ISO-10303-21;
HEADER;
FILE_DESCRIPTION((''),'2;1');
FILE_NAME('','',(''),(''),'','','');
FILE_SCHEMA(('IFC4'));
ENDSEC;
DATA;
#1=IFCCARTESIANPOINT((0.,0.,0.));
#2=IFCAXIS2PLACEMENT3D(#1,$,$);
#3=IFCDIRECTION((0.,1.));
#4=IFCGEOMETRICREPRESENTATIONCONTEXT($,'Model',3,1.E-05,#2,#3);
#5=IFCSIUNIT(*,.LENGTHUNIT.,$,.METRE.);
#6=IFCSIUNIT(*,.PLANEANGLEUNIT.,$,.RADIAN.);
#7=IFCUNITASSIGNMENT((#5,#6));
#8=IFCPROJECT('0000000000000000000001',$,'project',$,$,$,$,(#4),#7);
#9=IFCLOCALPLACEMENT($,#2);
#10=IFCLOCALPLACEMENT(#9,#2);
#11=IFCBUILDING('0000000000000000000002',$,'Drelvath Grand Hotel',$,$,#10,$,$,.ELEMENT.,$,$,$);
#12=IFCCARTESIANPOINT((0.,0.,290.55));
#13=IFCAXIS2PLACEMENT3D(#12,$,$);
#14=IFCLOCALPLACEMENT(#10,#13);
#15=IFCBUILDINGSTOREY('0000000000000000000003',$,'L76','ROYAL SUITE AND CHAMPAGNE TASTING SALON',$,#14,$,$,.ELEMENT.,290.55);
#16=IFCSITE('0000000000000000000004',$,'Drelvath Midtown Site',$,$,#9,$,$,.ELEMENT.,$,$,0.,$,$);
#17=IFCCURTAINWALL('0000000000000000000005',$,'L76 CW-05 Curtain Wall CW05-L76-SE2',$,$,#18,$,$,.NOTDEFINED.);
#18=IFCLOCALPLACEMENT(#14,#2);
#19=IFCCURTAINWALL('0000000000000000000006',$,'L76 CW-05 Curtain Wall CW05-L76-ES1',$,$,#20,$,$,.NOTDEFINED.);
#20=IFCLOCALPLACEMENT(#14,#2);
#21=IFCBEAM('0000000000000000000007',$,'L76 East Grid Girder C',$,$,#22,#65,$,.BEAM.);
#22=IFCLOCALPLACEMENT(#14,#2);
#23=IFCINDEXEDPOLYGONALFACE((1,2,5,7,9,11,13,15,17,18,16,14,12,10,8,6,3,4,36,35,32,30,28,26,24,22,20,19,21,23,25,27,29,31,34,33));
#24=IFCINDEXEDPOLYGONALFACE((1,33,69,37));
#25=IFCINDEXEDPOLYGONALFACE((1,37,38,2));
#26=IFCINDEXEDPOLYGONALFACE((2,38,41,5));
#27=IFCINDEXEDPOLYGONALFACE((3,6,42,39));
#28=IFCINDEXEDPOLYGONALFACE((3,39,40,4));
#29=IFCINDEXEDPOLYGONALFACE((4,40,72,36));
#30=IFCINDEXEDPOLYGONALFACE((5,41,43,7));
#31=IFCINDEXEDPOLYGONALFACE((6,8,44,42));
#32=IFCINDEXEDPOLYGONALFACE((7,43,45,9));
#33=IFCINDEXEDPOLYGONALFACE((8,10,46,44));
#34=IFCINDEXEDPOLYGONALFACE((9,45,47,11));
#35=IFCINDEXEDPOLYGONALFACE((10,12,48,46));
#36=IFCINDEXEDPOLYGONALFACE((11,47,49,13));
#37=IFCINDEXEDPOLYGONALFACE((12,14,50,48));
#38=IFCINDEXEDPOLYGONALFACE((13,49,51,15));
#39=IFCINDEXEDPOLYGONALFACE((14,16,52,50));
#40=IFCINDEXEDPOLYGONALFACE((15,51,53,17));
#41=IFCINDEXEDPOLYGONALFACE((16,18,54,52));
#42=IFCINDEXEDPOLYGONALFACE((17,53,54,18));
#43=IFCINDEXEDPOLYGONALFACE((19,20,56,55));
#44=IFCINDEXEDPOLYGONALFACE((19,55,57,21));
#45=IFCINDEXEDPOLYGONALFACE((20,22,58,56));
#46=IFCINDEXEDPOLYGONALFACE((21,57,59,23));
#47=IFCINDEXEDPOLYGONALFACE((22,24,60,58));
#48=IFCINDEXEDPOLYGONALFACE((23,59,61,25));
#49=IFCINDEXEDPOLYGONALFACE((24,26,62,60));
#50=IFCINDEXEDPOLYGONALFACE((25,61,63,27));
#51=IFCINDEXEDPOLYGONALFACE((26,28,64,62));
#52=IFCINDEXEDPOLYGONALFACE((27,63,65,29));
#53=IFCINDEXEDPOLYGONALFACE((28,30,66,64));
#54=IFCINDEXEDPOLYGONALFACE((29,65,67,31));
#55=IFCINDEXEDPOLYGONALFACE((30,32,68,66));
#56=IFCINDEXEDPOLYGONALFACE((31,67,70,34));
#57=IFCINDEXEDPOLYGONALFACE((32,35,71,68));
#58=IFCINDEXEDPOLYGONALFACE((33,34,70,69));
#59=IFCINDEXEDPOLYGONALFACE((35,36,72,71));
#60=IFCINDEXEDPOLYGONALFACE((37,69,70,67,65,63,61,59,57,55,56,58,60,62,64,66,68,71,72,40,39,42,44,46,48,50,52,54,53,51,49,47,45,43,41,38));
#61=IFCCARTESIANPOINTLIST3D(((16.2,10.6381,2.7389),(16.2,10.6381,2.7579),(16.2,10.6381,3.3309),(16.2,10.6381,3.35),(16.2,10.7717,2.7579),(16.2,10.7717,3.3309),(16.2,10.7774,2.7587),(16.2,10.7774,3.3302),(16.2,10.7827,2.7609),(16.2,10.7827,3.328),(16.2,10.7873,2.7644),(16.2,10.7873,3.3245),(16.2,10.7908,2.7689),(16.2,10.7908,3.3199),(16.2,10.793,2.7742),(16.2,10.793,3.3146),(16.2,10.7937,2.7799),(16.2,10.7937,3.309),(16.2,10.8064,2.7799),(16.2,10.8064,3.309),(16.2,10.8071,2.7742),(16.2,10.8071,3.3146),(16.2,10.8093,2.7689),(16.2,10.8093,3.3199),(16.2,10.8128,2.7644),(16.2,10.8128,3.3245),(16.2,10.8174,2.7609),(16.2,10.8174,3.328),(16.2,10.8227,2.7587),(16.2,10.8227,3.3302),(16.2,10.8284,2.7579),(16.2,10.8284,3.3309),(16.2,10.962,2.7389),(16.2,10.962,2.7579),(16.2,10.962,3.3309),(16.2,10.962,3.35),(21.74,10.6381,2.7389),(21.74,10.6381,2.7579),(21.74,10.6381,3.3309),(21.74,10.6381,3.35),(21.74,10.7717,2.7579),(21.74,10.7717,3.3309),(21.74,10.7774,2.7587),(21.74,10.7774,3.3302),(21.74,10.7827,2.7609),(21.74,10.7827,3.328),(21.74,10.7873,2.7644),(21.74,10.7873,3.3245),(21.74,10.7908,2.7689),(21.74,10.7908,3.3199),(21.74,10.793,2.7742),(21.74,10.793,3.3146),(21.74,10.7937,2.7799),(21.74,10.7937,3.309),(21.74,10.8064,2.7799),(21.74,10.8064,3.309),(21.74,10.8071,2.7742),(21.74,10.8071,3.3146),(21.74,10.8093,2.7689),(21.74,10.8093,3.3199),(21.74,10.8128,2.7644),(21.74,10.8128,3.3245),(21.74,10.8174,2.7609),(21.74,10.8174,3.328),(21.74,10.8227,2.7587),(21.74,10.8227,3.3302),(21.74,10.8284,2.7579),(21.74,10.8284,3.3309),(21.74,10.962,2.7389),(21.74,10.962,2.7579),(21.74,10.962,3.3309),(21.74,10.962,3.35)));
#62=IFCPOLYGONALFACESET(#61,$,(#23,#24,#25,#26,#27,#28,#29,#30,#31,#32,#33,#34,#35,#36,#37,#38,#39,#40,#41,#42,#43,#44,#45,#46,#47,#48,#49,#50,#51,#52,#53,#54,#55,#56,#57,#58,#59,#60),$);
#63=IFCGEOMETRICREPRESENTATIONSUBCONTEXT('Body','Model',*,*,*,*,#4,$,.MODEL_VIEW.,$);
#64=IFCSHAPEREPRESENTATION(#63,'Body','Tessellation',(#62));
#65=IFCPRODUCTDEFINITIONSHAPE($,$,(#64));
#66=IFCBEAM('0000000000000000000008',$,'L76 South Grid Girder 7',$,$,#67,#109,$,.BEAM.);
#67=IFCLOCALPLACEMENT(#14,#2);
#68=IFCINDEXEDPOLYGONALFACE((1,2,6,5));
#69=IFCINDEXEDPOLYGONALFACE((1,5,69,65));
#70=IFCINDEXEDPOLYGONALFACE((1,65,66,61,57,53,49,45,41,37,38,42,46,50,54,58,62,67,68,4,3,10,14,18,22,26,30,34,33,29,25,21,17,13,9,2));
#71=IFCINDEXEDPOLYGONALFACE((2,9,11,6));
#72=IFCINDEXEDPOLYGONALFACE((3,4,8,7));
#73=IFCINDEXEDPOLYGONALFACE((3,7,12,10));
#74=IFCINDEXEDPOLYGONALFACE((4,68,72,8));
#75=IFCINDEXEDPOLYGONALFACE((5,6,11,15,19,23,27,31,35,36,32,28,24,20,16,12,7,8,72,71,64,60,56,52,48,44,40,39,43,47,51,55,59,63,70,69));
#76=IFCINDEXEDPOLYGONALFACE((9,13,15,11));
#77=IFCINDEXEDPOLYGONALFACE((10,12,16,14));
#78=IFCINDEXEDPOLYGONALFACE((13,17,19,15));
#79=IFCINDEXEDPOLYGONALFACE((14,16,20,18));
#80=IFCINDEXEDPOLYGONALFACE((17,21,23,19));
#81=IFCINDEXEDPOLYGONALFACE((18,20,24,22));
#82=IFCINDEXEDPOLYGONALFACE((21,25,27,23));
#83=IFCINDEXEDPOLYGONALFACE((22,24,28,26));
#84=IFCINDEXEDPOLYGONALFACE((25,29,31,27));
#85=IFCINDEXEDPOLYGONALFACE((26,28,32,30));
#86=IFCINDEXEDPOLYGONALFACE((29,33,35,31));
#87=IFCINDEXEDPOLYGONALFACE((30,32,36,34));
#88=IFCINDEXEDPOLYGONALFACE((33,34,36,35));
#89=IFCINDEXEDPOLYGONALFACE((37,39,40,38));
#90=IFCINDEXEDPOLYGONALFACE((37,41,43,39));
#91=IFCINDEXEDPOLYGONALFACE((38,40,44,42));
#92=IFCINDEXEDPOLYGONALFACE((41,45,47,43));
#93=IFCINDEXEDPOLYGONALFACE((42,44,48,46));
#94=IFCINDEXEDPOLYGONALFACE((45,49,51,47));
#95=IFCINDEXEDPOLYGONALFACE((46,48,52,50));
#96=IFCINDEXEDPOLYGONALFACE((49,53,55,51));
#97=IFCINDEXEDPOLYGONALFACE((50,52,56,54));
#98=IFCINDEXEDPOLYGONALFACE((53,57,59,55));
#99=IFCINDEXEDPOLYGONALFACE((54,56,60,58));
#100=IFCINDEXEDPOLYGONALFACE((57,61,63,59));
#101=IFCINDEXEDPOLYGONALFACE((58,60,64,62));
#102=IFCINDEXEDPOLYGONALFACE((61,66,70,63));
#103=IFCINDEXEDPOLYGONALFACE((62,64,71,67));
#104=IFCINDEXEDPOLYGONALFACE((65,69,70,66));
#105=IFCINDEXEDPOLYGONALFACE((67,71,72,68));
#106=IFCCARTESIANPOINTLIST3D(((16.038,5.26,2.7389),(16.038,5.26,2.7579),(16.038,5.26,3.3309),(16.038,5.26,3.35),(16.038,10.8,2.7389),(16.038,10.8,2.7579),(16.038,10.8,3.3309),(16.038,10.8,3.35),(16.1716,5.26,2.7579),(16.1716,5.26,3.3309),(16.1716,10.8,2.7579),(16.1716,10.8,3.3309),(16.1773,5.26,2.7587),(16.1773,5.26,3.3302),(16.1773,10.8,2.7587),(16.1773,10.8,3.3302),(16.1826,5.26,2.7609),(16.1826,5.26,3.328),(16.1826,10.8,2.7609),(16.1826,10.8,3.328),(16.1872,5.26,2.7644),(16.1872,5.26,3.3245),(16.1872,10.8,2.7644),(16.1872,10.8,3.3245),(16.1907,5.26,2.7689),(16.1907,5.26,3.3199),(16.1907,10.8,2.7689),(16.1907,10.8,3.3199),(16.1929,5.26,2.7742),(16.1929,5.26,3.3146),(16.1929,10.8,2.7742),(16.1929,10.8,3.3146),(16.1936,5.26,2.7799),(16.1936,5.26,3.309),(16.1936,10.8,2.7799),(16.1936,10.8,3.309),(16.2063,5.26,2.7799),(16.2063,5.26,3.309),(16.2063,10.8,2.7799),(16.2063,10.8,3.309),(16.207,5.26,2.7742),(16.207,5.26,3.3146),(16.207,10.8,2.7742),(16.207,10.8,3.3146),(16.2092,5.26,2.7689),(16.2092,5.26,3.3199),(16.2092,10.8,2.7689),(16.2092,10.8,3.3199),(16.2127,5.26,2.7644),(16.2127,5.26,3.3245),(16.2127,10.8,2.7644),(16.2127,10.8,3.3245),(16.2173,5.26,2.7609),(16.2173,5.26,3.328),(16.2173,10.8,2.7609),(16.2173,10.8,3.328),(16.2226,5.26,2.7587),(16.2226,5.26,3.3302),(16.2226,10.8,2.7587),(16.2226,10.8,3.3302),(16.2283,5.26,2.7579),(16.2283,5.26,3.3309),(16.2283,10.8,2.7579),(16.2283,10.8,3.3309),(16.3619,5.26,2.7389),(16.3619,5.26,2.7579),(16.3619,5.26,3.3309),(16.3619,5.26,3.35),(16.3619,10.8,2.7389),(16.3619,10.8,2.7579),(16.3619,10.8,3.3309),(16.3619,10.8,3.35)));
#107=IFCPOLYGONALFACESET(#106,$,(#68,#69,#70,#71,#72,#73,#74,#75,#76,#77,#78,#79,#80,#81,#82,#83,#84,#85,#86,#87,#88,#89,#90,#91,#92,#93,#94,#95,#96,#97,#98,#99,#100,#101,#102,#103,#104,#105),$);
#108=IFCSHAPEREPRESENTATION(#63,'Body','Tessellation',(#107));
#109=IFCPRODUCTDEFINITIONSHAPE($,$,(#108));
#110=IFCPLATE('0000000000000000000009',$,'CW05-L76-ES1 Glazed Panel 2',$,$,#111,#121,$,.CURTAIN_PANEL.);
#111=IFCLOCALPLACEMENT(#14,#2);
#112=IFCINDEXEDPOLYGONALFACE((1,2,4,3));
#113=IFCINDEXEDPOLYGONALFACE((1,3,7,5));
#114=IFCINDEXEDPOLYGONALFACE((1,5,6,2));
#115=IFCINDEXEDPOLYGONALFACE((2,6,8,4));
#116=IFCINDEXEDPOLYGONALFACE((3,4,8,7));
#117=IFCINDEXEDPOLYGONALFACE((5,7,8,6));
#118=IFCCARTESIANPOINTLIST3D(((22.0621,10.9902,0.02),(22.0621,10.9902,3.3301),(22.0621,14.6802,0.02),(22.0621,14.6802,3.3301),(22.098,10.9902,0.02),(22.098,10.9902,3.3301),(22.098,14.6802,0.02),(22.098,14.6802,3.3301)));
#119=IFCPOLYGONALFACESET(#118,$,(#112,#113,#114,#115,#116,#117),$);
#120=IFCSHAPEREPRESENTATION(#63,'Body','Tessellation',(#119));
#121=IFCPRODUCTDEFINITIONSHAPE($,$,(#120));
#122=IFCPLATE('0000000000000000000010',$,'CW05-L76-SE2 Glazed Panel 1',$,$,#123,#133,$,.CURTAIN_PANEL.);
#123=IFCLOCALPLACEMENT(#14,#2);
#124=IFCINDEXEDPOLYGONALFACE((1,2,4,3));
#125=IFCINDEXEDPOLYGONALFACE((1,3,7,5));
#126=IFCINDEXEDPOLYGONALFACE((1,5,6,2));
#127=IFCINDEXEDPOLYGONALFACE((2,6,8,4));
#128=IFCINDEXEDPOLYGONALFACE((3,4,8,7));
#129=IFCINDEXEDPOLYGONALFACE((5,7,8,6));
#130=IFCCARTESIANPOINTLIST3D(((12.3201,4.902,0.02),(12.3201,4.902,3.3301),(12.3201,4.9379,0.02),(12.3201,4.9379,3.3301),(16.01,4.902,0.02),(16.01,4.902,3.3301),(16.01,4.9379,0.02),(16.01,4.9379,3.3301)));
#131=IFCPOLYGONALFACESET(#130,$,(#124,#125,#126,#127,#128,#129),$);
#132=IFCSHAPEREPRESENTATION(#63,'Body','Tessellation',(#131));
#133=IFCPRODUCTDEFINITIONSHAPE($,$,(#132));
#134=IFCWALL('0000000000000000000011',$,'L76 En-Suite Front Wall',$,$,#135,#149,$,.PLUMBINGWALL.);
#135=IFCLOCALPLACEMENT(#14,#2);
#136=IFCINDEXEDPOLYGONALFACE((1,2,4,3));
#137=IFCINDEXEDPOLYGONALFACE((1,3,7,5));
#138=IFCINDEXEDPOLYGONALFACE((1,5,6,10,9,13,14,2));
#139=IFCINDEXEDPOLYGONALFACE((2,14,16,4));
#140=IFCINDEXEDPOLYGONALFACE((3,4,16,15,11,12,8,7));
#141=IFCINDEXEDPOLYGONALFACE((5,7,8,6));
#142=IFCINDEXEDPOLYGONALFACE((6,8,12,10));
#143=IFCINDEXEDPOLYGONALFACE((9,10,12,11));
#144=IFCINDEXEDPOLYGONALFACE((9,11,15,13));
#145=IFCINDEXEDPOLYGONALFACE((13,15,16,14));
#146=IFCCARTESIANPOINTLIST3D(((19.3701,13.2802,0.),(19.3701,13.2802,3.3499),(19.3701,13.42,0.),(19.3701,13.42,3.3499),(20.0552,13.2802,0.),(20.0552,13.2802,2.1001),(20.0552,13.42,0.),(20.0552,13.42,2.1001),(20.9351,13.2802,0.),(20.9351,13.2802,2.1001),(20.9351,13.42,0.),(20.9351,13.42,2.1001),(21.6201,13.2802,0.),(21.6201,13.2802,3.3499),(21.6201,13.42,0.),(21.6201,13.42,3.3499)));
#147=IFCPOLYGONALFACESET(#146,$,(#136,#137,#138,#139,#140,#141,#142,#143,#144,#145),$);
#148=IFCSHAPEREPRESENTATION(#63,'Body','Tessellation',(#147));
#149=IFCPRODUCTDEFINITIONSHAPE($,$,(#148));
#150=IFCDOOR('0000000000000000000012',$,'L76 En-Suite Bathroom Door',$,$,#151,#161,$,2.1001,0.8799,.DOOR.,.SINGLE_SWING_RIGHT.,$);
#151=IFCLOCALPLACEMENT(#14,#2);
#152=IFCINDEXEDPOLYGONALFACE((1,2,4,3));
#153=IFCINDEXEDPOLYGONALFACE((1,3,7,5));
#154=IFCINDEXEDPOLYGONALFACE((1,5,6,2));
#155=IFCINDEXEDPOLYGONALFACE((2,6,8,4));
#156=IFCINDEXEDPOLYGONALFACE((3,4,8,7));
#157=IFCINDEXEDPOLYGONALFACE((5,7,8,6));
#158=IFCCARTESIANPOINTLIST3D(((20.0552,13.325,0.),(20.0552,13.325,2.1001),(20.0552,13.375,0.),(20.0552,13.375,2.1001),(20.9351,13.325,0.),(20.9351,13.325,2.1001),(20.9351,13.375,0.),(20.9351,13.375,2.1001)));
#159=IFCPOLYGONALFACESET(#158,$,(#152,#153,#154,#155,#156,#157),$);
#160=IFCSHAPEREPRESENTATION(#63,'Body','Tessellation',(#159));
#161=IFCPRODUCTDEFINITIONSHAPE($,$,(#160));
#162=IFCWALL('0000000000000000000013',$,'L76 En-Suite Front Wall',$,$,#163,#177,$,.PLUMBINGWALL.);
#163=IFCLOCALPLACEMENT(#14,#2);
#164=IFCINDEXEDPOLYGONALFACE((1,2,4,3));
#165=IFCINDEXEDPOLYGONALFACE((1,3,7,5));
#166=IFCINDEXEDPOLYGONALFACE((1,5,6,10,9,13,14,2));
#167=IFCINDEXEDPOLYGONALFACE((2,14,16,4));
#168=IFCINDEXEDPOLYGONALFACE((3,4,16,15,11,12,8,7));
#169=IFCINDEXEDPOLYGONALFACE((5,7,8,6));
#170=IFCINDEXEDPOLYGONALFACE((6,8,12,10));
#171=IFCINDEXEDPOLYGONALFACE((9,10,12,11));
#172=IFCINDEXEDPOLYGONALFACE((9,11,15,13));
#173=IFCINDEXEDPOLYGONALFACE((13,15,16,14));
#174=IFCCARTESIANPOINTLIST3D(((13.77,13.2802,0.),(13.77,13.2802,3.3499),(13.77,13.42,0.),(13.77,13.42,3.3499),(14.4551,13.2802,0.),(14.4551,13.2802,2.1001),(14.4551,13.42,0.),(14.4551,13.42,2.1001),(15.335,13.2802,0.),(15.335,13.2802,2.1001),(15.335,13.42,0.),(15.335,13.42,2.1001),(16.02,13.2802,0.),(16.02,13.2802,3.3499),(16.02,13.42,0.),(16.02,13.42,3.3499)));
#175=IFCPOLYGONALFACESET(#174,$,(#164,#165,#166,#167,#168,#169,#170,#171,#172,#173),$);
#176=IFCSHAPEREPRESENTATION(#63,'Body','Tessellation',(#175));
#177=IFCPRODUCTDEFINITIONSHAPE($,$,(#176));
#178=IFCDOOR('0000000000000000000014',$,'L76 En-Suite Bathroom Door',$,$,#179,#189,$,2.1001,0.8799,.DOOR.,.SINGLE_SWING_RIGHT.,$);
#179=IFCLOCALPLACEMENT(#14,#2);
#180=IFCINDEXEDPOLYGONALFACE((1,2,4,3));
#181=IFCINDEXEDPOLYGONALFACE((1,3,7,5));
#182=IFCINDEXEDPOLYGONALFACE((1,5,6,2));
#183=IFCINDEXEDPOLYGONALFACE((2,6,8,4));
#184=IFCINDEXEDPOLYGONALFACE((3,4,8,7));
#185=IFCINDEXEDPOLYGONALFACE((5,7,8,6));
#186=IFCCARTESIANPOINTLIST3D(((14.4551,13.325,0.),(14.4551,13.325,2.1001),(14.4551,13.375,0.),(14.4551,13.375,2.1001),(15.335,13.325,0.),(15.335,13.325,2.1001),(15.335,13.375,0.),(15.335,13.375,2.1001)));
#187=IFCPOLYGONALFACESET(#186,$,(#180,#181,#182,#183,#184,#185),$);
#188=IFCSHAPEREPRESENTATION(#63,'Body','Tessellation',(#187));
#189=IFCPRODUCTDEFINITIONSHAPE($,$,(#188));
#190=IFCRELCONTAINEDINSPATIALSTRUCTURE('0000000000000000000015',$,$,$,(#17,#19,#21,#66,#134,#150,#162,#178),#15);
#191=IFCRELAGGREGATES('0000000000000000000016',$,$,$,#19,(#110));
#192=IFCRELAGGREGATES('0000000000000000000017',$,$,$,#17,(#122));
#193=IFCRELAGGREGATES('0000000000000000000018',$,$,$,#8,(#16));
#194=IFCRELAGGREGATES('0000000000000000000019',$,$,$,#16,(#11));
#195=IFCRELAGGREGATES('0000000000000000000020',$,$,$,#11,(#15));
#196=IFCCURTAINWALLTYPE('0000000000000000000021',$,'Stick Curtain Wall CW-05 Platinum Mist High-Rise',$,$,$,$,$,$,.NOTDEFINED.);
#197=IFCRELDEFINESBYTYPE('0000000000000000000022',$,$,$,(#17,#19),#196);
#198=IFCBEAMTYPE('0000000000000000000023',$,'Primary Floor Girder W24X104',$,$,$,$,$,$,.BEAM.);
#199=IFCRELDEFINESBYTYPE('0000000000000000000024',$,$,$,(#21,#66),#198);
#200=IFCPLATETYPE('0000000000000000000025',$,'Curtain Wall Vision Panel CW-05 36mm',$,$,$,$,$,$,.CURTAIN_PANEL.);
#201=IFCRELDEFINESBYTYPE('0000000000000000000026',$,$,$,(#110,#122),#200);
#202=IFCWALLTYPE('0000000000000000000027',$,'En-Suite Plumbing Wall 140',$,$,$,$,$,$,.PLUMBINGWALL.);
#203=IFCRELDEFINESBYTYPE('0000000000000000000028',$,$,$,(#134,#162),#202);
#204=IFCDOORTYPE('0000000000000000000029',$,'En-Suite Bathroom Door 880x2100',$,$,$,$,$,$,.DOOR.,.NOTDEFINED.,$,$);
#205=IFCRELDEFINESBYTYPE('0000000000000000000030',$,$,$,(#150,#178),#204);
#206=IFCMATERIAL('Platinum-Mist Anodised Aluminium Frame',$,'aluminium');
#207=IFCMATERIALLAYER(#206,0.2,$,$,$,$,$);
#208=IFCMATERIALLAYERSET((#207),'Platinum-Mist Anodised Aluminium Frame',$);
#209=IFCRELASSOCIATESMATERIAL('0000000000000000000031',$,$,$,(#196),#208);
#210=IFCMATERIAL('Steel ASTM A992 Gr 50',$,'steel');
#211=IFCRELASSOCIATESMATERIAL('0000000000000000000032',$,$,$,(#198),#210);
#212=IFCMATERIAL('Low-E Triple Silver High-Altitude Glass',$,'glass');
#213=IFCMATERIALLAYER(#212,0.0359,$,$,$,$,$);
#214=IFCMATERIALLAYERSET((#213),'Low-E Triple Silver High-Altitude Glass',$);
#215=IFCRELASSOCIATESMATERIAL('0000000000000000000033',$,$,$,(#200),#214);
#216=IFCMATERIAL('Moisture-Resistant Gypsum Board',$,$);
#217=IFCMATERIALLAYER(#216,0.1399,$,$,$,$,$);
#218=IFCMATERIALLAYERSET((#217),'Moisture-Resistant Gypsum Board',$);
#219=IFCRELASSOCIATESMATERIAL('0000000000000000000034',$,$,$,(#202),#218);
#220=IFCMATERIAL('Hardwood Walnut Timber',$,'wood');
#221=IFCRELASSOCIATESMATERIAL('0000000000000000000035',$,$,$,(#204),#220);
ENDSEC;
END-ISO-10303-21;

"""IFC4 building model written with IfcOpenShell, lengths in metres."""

from ifc_helpers import new_model, si_unit, direction, frame, frame_2d, origin, origin_2d, place, context, subcontext, project, spatial, rectangle, i_section, extrude, material, layer, layer_set, material_profile, profile_set, type_object, element, fill, aggregate, save


model = new_model("IFC4")

# Units and contexts
model_context = context("Model", 3, precision=1e-05, world=origin(), true_north=direction((0.0, 1.0)))
body_context = subcontext(model_context, "Body", "Model", "MODEL_VIEW")
ifc_project = project(units=[si_unit("LENGTHUNIT", "METRE"), si_unit("PLANEANGLEUNIT", "RADIAN")], contexts=[model_context])

# Site, building, storey
site_placement = place(None, origin())
site = spatial("IfcSite", under=ifc_project, at=site_placement, Name="Drelvath Midtown Site", CompositionType="ELEMENT", RefElevation=0.0)
building_placement = place(site_placement, origin())
building = spatial("IfcBuilding", under=site, at=building_placement, Name="Drelvath Grand Hotel", CompositionType="ELEMENT")
storey_placement = place(building_placement, frame((0.0, 0.0, 290.55)))
storey = spatial("IfcBuildingStorey", under=building, at=storey_placement, Name="L76", Description="ROYAL SUITE AND CHAMPAGNE TASTING SALON", CompositionType="ELEMENT", Elevation=290.55)

# Shared definitions
ifc_material_1 = material(Name="Steel ASTM A992 Gr 50", Category="steel")

# Curtain walls
ifc_material_2 = material(Name="Platinum-Mist Anodised Aluminium Frame", Category="aluminium")
ifc_layer_1 = layer(ifc_material_2, 0.2)
ifc_layer_set_1 = layer_set([ifc_layer_1], Name="Platinum-Mist Anodised Aluminium Frame")
curtain_wall_type = type_object("IfcCurtainWallType", Name="Stick Curtain Wall CW-05 Platinum Mist High-Rise", PredefinedType="NOTDEFINED", material=ifc_layer_set_1)
curtain_wall_1_placement = place(storey_placement, origin())
curtain_wall_1 = element("IfcCurtainWall", 1, at=curtain_wall_1_placement, inside=storey, type_object=curtain_wall_type, Name="L76 CW-05 Curtain Wall CW05-L76-SE2", PredefinedType="NOTDEFINED")
curtain_wall_2_placement = place(storey_placement, origin())
curtain_wall_2 = element("IfcCurtainWall", 2, at=curtain_wall_2_placement, inside=storey, type_object=curtain_wall_type, Name="L76 CW-05 Curtain Wall CW05-L76-ES1", PredefinedType="NOTDEFINED")

# Beams
ifc_material_profile_1 = material_profile(ifc_material_1, i_section(OverallWidth=0.324, OverallDepth=0.6111, WebThickness=0.0127, FlangeThickness=0.019, FilletRadius=0.022, at=origin_2d()), Name="W24X104")
ifc_profile_set_1 = profile_set([ifc_material_profile_1], Name="Steel ASTM A992 Gr 50")
beam_type_1 = type_object("IfcBeamType", Name="Primary Floor Girder W24X104", PredefinedType="BEAM", material=ifc_profile_set_1)
for number, where, z_axis, x_axis, name in (
    (3, (16.2, 10.8, 3.0444), (1.0, 0.0, 0.0), (0.0, 1.0, 0.0), "L76 East Grid Girder C"),
    (4, (16.2, 5.26, 3.0444), (0.0, 1.0, 0.0), (-1.0, 0.0, 0.0), "L76 South Grid Girder 7"),
):
    element("IfcBeam", number, at=place(storey_placement, frame(where, z_axis=z_axis, x_axis=x_axis)), inside=storey, type_object=beam_type_1, Name=name, PredefinedType="BEAM", context=body_context, shape_type="SweptSolid", body=[
        extrude(i_section(OverallWidth=0.324, OverallDepth=0.6111, WebThickness=0.0127, FlangeThickness=0.019, FilletRadius=0.022, at=origin_2d()), origin(), (0.0, 0.0, 1.0), 5.54),
    ])

# Plates
ifc_material_3 = material(Name="Low-E Triple Silver High-Altitude Glass", Category="glass")
ifc_layer_2 = layer(ifc_material_3, 0.0359)
ifc_layer_set_2 = layer_set([ifc_layer_2], Name="Low-E Triple Silver High-Altitude Glass")
plate_type = type_object("IfcPlateType", Name="Curtain Wall Vision Panel CW-05 36mm", PredefinedType="CURTAIN_PANEL", material=ifc_layer_set_2)
plate_1_placement = place(storey_placement, frame((22.0801, 12.8352, 0.02), z_axis=(0.0, 0.0, 1.0), x_axis=(0.0, -1.0, 0.0)))
plate_1 = element("IfcPlate", 5, at=plate_1_placement, type_object=plate_type, Name="CW05-L76-ES1 Glazed Panel 2", PredefinedType="CURTAIN_PANEL", context=body_context, shape_type="SweptSolid", body=[
    extrude(rectangle(XDim=3.6899, YDim=0.0359, at=origin_2d()), origin(), (0.0, 0.0, 1.0), 3.3101),
])
aggregate(curtain_wall_2, [plate_1])
plate_2_placement = place(storey_placement, frame((14.165, 4.9199, 0.02), z_axis=(0.0, 0.0, 1.0), x_axis=(-1.0, 0.0, 0.0)))
plate_2 = element("IfcPlate", 6, at=plate_2_placement, type_object=plate_type, Name="CW05-L76-SE2 Glazed Panel 1", PredefinedType="CURTAIN_PANEL", context=body_context, shape_type="SweptSolid", body=[
    extrude(rectangle(XDim=3.6899, YDim=0.0359, at=origin_2d()), origin(), (0.0, 0.0, 1.0), 3.3101),
])
aggregate(curtain_wall_1, [plate_2])

# Walls, openings, doors
ifc_material_4 = material(Name="Moisture-Resistant Gypsum Board")
ifc_layer_3 = layer(ifc_material_4, 0.1399)
ifc_layer_set_3 = layer_set([ifc_layer_3], Name="Moisture-Resistant Gypsum Board")
wall_type_1 = type_object("IfcWallType", Name="En-Suite Plumbing Wall 140", PredefinedType="PLUMBINGWALL", material=ifc_layer_set_3)
wall_1_placement = place(storey_placement, frame((19.3701, 13.3501, 0.0), z_axis=(0.0, 0.0, 1.0), x_axis=(1.0, 0.0, 0.0)))
wall_1 = element("IfcWall", 7, at=wall_1_placement, inside=storey, type_object=wall_type_1, Name="L76 En-Suite Front Wall", PredefinedType="PLUMBINGWALL", context=body_context, shape_type="SweptSolid", body=[
    extrude(rectangle(XDim=2.25, YDim=0.1399, at=frame_2d((1.125, 0.0))), origin(), (0.0, 0.0, 1.0), 3.3499),
])
opening_1_placement = place(wall_1_placement, frame((0.6851, 0.0, 0.0)))
opening_1 = element("IfcOpeningElement", 8, at=opening_1_placement, cuts=wall_1, PredefinedType="OPENING", context=body_context, shape_type="SweptSolid", body=[
    extrude(rectangle(XDim=0.8799, YDim=2.1001, at=frame_2d((0.4399, 1.05))), frame((0.0, 0.0798, 0.0), z_axis=(0.0, -1.0, 0.0), x_axis=(1.0, 0.0, 0.0)), (0.0, 0.0, 1.0), 0.1599),
])
ifc_material_5 = material(Name="Hardwood Walnut Timber", Category="wood")
door_type = type_object("IfcDoorType", Name="En-Suite Bathroom Door 880x2100", OperationType="NOTDEFINED", PredefinedType="DOOR", material=ifc_material_5)
door_1_placement = place(opening_1_placement, origin())
door_1 = element("IfcDoor", 9, at=door_1_placement, inside=storey, type_object=door_type, Name="L76 En-Suite Bathroom Door", OperationType="SINGLE_SWING_RIGHT", OverallHeight=2.1001, OverallWidth=0.8799, PredefinedType="DOOR", context=body_context, shape_type="SweptSolid", body=[
    extrude(rectangle(XDim=0.8799, YDim=2.1001, at=frame_2d((0.4399, 1.05))), frame((0.0, 0.0249, 0.0), z_axis=(0.0, -1.0, 0.0), x_axis=(1.0, 0.0, 0.0)), (0.0, 0.0, 1.0), 0.05),
])
fill(opening_1, door_1)
wall_2_placement = place(storey_placement, frame((13.77, 13.3501, 0.0), z_axis=(0.0, 0.0, 1.0), x_axis=(1.0, 0.0, 0.0)))
wall_2 = element("IfcWall", 10, at=wall_2_placement, inside=storey, type_object=wall_type_1, Name="L76 En-Suite Front Wall", PredefinedType="PLUMBINGWALL", context=body_context, shape_type="SweptSolid", body=[
    extrude(rectangle(XDim=2.25, YDim=0.1399, at=frame_2d((1.125, 0.0))), origin(), (0.0, 0.0, 1.0), 3.3499),
])
opening_2_placement = place(wall_2_placement, frame((0.6851, 0.0, 0.0)))
opening_2 = element("IfcOpeningElement", 11, at=opening_2_placement, cuts=wall_2, PredefinedType="OPENING", context=body_context, shape_type="SweptSolid", body=[
    extrude(rectangle(XDim=0.8799, YDim=2.1001, at=frame_2d((0.4399, 1.05))), frame((0.0, 0.0798, 0.0), z_axis=(0.0, -1.0, 0.0), x_axis=(1.0, 0.0, 0.0)), (0.0, 0.0, 1.0), 0.1599),
])
door_2_placement = place(opening_2_placement, origin())
door_2 = element("IfcDoor", 12, at=door_2_placement, inside=storey, type_object=door_type, Name="L76 En-Suite Bathroom Door", OperationType="SINGLE_SWING_RIGHT", OverallHeight=2.1001, OverallWidth=0.8799, PredefinedType="DOOR", context=body_context, shape_type="SweptSolid", body=[
    extrude(rectangle(XDim=0.8799, YDim=2.1001, at=frame_2d((0.4399, 1.05))), frame((0.0, 0.0249, 0.0), z_axis=(0.0, -1.0, 0.0), x_axis=(1.0, 0.0, 0.0)), (0.0, 0.0, 1.0), 0.05),
])
fill(opening_2, door_2)

save(model, "model.ifc")
